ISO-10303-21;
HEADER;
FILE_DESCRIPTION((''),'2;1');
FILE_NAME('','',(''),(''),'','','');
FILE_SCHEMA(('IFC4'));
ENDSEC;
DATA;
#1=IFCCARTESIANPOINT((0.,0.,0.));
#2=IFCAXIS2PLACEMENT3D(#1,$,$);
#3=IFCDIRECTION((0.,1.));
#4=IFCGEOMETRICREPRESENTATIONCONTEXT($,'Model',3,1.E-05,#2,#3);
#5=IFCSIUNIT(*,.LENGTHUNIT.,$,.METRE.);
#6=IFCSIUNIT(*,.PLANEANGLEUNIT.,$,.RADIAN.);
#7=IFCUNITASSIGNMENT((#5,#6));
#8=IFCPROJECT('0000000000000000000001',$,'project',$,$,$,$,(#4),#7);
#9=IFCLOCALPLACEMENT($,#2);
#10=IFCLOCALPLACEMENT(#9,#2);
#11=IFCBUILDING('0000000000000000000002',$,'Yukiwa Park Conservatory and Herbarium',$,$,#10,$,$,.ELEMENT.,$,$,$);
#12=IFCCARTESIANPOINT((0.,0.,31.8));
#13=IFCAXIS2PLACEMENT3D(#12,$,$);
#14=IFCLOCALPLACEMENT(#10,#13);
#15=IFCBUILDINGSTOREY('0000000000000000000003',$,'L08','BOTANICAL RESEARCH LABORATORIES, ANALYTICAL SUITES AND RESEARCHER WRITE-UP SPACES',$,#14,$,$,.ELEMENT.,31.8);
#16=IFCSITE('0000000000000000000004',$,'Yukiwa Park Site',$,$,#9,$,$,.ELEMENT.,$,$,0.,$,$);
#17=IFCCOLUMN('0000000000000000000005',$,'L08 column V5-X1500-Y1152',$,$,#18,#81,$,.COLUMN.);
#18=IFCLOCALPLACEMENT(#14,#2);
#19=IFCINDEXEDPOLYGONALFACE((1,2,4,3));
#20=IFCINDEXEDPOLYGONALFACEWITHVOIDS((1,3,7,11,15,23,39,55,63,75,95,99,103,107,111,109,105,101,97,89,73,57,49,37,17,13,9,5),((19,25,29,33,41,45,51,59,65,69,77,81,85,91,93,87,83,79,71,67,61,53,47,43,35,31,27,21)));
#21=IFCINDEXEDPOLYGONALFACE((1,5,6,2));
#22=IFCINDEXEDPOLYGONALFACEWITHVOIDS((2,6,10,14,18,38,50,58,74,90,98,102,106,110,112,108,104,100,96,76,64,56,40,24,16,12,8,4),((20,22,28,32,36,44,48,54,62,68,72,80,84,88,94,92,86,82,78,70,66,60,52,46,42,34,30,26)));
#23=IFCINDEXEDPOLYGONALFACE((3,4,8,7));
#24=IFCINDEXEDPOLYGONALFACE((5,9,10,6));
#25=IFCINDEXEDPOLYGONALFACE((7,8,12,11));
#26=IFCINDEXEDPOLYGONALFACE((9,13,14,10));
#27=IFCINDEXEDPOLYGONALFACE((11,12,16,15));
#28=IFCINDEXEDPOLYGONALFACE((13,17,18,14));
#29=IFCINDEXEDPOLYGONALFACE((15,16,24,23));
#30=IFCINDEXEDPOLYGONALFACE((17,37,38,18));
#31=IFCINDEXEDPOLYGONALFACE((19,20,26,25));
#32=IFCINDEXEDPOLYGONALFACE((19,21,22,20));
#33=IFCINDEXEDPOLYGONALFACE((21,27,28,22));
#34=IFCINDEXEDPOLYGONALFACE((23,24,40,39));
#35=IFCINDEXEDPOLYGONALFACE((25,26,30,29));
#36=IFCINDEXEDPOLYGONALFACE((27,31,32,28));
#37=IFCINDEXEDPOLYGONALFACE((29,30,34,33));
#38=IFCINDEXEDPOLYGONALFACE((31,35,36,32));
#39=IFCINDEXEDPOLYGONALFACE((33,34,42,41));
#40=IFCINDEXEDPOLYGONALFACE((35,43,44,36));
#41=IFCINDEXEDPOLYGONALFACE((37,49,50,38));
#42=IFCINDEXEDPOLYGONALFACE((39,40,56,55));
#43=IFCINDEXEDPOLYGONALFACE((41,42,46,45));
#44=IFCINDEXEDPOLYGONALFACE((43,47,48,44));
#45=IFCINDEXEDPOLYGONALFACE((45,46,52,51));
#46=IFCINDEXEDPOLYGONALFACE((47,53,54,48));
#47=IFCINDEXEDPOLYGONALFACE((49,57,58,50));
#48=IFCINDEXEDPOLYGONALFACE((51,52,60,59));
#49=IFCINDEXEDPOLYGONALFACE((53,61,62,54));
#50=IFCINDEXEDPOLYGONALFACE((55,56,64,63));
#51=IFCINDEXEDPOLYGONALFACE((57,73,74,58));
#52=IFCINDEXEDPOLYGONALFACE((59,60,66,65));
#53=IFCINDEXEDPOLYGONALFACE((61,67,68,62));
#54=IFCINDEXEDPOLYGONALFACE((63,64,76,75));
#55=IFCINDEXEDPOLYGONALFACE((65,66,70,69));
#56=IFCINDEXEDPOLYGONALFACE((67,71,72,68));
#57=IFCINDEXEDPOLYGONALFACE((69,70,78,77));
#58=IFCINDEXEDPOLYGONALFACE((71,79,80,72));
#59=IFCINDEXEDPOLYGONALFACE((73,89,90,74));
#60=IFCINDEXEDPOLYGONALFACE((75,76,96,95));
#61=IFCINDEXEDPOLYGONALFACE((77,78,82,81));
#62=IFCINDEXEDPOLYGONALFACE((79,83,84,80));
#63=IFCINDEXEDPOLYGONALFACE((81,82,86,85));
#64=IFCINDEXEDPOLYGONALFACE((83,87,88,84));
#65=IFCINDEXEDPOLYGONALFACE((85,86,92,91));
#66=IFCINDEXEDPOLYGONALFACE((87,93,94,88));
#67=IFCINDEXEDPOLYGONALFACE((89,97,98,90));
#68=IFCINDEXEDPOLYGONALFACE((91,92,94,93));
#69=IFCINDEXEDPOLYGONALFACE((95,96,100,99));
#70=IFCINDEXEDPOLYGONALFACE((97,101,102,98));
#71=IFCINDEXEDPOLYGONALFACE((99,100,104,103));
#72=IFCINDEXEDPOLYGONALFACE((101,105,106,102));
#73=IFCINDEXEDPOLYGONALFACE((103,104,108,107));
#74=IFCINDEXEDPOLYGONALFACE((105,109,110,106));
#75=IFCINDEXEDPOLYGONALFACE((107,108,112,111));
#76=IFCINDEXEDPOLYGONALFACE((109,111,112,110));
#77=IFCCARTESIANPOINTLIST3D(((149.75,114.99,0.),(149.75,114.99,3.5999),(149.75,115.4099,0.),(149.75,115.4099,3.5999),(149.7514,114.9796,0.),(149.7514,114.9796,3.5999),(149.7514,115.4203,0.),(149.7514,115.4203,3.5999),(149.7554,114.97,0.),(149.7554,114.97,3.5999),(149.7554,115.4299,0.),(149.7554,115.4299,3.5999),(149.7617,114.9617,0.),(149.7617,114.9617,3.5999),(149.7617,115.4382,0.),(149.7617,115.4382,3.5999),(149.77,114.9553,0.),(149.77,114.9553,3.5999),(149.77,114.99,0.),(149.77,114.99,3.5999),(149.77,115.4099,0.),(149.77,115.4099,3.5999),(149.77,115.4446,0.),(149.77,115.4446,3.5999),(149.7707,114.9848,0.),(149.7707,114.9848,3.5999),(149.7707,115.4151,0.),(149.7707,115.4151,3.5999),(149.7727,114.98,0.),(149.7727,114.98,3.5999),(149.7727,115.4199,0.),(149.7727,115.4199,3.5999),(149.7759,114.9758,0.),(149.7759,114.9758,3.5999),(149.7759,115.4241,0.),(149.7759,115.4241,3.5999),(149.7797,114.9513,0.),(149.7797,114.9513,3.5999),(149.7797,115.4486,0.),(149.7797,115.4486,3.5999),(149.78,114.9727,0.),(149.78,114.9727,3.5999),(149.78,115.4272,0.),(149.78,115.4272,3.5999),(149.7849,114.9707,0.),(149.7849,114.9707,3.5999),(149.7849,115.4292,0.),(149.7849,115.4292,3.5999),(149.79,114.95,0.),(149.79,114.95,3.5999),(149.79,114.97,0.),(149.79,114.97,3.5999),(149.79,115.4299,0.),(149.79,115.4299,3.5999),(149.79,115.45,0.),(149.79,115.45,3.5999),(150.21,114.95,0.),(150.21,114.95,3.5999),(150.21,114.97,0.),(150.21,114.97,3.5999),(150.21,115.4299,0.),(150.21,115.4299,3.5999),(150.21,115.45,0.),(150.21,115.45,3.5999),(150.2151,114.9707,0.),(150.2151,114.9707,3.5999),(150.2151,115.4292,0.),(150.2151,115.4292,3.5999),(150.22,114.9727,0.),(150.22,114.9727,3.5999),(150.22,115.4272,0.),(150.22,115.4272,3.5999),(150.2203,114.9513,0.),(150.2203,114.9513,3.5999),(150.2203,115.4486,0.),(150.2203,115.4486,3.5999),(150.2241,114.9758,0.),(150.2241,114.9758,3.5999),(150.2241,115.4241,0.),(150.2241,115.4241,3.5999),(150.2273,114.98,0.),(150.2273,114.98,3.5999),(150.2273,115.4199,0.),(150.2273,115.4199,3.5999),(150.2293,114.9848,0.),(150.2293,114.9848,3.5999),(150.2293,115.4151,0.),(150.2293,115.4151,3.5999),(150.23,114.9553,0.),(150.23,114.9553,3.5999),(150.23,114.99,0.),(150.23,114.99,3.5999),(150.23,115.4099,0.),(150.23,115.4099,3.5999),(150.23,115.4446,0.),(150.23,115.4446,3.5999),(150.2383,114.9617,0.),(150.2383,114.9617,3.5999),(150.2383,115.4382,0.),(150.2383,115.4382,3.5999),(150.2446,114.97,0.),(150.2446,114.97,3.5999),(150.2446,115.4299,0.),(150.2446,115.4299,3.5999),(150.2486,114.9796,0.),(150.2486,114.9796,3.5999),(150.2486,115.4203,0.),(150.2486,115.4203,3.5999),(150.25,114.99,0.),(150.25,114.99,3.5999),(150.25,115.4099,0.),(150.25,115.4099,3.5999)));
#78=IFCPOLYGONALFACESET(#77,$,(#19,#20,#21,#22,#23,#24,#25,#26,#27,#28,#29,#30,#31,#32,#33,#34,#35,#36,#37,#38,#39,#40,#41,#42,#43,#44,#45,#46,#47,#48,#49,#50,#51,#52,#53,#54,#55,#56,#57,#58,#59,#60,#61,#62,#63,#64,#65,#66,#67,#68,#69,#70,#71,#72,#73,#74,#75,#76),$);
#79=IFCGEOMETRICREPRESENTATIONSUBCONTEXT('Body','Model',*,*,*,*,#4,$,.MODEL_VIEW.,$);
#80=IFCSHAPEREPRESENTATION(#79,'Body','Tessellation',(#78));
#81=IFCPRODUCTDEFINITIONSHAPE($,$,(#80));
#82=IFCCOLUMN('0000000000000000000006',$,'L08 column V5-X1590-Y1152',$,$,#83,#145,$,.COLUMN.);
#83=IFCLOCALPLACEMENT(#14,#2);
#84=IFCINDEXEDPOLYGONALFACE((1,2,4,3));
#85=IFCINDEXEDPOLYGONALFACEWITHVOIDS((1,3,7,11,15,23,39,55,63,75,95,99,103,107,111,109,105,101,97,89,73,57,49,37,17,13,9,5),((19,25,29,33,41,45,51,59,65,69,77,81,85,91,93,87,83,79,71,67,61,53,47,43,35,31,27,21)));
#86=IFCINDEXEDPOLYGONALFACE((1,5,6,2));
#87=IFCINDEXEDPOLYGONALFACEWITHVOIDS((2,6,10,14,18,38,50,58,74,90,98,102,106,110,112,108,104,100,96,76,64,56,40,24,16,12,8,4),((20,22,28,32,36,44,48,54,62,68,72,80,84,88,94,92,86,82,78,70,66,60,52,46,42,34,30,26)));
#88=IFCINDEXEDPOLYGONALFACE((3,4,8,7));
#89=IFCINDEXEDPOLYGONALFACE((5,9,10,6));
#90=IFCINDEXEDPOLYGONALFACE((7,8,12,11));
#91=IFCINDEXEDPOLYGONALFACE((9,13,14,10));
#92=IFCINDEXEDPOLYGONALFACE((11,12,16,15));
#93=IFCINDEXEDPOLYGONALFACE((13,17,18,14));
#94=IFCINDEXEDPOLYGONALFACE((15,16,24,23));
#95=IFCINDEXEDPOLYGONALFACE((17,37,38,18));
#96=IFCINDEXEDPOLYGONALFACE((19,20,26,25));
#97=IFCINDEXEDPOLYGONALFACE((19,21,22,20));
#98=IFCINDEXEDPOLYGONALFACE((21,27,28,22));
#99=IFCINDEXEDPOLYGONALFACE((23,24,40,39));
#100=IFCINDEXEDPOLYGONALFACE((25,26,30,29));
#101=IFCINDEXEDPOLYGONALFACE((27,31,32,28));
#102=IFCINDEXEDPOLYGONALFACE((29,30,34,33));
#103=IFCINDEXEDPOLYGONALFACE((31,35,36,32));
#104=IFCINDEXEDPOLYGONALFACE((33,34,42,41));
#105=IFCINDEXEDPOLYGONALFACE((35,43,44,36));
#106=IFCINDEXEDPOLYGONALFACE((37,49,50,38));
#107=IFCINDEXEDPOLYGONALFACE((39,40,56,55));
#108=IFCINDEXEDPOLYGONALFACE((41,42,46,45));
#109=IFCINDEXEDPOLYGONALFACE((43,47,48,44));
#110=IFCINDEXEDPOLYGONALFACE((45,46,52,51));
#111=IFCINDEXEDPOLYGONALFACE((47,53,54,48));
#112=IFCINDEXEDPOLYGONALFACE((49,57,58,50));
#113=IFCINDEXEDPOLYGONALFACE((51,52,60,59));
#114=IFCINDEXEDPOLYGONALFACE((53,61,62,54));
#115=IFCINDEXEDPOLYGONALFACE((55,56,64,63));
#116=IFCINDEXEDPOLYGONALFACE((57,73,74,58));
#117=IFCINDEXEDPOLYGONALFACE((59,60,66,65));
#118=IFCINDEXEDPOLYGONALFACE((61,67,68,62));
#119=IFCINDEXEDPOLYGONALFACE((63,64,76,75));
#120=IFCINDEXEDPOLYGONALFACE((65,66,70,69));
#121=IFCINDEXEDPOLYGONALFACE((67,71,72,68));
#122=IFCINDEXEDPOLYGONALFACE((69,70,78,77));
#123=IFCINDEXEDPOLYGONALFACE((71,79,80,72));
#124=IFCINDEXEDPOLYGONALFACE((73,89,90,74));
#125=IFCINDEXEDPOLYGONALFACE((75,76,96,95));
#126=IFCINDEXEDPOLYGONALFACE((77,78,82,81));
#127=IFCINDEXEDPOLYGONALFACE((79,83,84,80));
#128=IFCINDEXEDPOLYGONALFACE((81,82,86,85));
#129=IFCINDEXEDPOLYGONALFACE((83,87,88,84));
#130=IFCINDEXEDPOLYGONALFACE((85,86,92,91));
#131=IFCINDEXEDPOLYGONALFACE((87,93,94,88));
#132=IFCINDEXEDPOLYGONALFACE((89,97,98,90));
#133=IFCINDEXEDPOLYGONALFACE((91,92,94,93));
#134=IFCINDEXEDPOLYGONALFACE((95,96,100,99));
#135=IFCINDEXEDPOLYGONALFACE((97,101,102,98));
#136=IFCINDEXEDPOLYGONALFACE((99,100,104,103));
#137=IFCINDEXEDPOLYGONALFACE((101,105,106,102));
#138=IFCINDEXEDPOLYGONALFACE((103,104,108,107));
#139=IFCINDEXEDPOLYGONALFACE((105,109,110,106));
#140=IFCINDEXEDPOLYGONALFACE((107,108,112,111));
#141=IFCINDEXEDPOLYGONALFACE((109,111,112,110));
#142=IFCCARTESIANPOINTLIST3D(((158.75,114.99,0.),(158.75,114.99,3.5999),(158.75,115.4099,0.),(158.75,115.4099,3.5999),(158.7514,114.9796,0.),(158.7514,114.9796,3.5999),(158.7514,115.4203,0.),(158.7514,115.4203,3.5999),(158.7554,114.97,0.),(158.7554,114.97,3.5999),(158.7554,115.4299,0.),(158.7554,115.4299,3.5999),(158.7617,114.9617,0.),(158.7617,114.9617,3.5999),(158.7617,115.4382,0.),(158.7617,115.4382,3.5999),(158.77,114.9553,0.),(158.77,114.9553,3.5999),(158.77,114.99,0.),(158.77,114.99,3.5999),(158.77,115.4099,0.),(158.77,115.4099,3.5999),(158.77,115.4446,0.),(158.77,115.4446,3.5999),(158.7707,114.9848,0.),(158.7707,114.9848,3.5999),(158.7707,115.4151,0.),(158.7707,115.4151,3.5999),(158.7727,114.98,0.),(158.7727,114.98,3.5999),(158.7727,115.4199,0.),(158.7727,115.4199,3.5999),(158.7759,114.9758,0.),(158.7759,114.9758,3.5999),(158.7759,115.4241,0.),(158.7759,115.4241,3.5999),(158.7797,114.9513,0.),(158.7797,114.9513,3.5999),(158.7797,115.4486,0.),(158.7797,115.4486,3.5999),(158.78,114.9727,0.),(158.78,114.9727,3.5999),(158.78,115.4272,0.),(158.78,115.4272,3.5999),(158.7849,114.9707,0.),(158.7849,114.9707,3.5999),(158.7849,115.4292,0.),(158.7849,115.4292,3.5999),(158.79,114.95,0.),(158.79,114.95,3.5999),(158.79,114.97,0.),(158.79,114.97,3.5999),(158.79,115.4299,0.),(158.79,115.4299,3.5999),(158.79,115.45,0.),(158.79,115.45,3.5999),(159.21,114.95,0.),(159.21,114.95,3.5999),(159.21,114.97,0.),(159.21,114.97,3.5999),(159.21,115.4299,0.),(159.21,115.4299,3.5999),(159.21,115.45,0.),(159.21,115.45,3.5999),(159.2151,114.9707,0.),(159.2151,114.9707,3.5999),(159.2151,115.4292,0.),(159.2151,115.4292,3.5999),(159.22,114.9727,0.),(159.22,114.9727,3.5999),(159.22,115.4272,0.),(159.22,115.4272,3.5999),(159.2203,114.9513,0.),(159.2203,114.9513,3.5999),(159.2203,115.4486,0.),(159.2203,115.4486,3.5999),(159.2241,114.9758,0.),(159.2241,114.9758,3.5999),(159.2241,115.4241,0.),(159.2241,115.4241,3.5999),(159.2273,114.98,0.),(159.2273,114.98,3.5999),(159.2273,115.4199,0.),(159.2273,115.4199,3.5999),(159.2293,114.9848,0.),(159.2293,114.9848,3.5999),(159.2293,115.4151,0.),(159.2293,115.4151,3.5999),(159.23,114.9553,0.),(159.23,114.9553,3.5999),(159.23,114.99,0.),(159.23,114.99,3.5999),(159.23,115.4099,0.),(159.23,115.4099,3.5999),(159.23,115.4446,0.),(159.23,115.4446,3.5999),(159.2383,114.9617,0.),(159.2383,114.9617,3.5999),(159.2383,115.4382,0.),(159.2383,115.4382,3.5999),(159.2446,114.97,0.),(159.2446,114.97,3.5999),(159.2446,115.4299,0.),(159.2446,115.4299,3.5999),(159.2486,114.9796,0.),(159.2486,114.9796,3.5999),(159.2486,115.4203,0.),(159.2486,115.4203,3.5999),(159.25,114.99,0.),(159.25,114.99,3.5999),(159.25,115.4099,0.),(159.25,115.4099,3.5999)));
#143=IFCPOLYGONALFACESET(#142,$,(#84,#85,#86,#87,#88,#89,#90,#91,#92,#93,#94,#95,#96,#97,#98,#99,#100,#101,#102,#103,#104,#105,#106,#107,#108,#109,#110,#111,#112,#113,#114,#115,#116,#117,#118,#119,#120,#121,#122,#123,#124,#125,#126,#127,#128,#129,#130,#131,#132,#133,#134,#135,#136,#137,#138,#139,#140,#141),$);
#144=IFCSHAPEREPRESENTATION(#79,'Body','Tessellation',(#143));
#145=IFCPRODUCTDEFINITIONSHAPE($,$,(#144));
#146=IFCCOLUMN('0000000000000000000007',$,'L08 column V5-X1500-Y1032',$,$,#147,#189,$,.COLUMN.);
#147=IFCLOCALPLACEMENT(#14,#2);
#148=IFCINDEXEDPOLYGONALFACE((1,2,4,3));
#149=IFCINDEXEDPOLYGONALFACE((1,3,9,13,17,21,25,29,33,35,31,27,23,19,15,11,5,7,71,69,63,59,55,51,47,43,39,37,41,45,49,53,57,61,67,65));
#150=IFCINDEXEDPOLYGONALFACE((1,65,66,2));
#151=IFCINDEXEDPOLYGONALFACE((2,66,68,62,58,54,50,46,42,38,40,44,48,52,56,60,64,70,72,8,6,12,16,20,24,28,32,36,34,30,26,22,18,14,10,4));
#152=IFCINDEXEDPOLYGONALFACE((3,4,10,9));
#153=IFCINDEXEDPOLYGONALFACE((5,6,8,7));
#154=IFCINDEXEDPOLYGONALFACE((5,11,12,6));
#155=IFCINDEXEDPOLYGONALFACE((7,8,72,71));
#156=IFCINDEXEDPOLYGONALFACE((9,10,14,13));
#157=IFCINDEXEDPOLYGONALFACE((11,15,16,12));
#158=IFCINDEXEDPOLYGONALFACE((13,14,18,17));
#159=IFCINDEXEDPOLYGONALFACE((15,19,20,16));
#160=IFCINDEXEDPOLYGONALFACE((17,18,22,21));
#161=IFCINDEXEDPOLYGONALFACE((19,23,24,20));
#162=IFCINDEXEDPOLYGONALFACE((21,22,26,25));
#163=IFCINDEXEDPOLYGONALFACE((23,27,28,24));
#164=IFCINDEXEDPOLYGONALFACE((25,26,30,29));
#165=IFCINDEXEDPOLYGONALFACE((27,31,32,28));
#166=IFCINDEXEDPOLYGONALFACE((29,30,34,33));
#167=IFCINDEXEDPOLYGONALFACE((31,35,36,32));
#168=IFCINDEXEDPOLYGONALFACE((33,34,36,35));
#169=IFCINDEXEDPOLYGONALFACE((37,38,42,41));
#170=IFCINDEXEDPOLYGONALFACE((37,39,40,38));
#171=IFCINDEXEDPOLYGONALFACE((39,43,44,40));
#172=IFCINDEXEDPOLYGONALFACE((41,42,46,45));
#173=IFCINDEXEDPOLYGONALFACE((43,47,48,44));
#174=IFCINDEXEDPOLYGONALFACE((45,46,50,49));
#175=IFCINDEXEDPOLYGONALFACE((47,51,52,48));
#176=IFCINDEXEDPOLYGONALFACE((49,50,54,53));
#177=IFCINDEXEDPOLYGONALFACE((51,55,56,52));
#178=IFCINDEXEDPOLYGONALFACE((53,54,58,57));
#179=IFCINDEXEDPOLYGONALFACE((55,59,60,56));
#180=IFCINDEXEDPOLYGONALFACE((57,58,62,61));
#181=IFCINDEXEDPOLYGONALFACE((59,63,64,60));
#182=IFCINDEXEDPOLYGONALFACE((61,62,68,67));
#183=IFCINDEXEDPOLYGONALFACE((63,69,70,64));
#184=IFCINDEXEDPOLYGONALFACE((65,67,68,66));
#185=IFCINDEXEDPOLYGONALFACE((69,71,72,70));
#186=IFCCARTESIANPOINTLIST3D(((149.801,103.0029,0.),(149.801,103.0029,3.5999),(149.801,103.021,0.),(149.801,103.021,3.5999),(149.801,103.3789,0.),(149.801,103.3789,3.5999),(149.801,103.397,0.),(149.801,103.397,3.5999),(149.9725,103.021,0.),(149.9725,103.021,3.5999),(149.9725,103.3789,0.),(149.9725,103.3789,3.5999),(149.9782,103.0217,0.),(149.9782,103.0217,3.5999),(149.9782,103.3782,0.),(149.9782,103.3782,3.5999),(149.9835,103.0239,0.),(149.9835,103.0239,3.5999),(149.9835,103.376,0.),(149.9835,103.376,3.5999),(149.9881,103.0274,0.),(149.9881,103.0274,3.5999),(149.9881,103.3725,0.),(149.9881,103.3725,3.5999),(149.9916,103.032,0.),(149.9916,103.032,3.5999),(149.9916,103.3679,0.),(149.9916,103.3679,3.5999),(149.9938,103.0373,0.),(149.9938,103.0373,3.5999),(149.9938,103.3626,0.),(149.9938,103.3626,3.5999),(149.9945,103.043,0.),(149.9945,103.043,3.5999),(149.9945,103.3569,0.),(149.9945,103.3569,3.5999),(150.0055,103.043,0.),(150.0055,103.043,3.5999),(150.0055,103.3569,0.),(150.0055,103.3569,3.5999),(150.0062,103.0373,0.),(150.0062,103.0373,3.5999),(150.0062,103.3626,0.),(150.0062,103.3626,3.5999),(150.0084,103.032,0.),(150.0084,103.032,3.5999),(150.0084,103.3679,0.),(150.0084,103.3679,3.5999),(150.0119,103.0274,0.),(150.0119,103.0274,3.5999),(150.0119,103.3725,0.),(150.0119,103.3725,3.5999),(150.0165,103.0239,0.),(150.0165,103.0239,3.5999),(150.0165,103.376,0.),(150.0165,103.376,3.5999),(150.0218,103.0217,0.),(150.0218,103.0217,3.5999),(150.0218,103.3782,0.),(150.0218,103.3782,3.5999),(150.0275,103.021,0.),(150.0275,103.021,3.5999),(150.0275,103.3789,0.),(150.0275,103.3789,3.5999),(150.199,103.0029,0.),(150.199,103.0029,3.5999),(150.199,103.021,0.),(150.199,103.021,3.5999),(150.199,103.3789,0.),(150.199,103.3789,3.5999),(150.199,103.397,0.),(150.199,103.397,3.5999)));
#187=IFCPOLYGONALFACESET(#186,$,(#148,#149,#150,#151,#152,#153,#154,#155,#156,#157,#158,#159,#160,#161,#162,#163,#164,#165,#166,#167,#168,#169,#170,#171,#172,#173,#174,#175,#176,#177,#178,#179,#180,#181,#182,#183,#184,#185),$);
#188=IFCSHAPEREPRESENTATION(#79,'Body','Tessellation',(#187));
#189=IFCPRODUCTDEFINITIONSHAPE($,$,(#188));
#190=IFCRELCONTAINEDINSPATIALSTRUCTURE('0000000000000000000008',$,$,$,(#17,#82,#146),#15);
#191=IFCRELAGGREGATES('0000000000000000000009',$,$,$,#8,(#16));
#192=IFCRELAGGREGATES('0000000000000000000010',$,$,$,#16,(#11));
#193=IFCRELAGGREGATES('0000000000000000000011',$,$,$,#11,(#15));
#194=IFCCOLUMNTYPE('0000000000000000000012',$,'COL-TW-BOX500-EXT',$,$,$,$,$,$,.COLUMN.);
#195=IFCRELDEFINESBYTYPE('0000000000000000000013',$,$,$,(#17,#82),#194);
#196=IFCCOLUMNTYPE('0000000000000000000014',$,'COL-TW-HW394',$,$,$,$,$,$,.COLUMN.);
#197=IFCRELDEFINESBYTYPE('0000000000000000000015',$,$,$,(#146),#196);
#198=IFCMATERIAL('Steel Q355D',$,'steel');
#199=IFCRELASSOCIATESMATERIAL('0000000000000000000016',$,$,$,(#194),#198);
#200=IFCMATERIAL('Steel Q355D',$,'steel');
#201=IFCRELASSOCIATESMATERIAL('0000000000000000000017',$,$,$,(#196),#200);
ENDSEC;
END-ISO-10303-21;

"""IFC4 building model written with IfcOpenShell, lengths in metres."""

from ifc_helpers import new_model, si_unit, direction, frame, origin, origin_2d, place, context, subcontext, project, spatial, hollow_rectangle, i_section, extrude, material, material_profile, profile_set, type_object, element, save


model = new_model("IFC4")

# Units and contexts
model_context = context("Model", 3, precision=1e-05, world=origin(), true_north=direction((0.0, 1.0)))
body_context = subcontext(model_context, "Body", "Model", "MODEL_VIEW")
ifc_project = project(units=[si_unit("LENGTHUNIT", "METRE"), si_unit("PLANEANGLEUNIT", "RADIAN")], contexts=[model_context])

# Site, building, storey
site_placement = place(None, origin())
site = spatial("IfcSite", under=ifc_project, at=site_placement, Name="Yukiwa Park Site", CompositionType="ELEMENT", RefElevation=0.0)
building_placement = place(site_placement, origin())
building = spatial("IfcBuilding", under=site, at=building_placement, Name="Yukiwa Park Conservatory and Herbarium", CompositionType="ELEMENT")
storey_placement = place(building_placement, frame((0.0, 0.0, 31.8)))
storey = spatial("IfcBuildingStorey", under=building, at=storey_placement, Name="L08", Description="BOTANICAL RESEARCH LABORATORIES, ANALYTICAL SUITES AND RESEARCHER WRITE-UP SPACES", CompositionType="ELEMENT", Elevation=31.8)

# Columns
ifc_material_1 = material(Name="Steel Q355D", Category="steel")
ifc_material_profile_1 = material_profile(ifc_material_1, hollow_rectangle(XDim=0.5, YDim=0.5, WallThickness=0.02, InnerFilletRadius=0.02, OuterFilletRadius=0.04, at=origin_2d()), Name="BOX 500x500x20")
ifc_profile_set_1 = profile_set([ifc_material_profile_1], Name="Steel Q355D")
column_type_1 = type_object("IfcColumnType", Name="COL-TW-BOX500-EXT", PredefinedType="COLUMN", material=ifc_profile_set_1)
for number, where, z_axis, x_axis, name in (
    (1, (150.0, 115.2, 0.0), (0.0, 0.0, 1.0), (1.0, 0.0, 0.0), "L08 column V5-X1500-Y1152"),
    (2, (159.0, 115.2, 0.0), (0.0, 0.0, 1.0), (1.0, 0.0, 0.0), "L08 column V5-X1590-Y1152"),
):
    element("IfcColumn", number, at=place(storey_placement, frame(where, z_axis=z_axis, x_axis=x_axis)), inside=storey, type_object=column_type_1, Name=name, PredefinedType="COLUMN", context=body_context, shape_type="SweptSolid", body=[
        extrude(hollow_rectangle(XDim=0.5, YDim=0.5, WallThickness=0.02, InnerFilletRadius=0.02, OuterFilletRadius=0.04, at=origin_2d()), origin(), (0.0, 0.0, 1.0), 3.5999),
    ])
ifc_material_2 = material(Name="Steel Q355D", Category="steel")
ifc_material_profile_2 = material_profile(ifc_material_2, i_section(OverallWidth=0.3979, OverallDepth=0.394, WebThickness=0.011, FlangeThickness=0.0181, FilletRadius=0.022, at=origin_2d()), Name="HW 394x398x11x18")
ifc_profile_set_2 = profile_set([ifc_material_profile_2], Name="Steel Q355D")
column_type_2 = type_object("IfcColumnType", Name="COL-TW-HW394", PredefinedType="COLUMN", material=ifc_profile_set_2)
for number, where, z_axis, x_axis, name in (
    (3, (150.0, 103.2, 0.0), (0.0, 0.0, 1.0), (1.0, 0.0, 0.0), "L08 column V5-X1500-Y1032"),
):
    element("IfcColumn", number, at=place(storey_placement, frame(where, z_axis=z_axis, x_axis=x_axis)), inside=storey, type_object=column_type_2, Name=name, PredefinedType="COLUMN", context=body_context, shape_type="SweptSolid", body=[
        extrude(i_section(OverallWidth=0.3979, OverallDepth=0.394, WebThickness=0.011, FlangeThickness=0.0181, FilletRadius=0.022, at=origin_2d()), origin(), (0.0, 0.0, 1.0), 3.5999),
    ])

save(model, "model.ifc")
